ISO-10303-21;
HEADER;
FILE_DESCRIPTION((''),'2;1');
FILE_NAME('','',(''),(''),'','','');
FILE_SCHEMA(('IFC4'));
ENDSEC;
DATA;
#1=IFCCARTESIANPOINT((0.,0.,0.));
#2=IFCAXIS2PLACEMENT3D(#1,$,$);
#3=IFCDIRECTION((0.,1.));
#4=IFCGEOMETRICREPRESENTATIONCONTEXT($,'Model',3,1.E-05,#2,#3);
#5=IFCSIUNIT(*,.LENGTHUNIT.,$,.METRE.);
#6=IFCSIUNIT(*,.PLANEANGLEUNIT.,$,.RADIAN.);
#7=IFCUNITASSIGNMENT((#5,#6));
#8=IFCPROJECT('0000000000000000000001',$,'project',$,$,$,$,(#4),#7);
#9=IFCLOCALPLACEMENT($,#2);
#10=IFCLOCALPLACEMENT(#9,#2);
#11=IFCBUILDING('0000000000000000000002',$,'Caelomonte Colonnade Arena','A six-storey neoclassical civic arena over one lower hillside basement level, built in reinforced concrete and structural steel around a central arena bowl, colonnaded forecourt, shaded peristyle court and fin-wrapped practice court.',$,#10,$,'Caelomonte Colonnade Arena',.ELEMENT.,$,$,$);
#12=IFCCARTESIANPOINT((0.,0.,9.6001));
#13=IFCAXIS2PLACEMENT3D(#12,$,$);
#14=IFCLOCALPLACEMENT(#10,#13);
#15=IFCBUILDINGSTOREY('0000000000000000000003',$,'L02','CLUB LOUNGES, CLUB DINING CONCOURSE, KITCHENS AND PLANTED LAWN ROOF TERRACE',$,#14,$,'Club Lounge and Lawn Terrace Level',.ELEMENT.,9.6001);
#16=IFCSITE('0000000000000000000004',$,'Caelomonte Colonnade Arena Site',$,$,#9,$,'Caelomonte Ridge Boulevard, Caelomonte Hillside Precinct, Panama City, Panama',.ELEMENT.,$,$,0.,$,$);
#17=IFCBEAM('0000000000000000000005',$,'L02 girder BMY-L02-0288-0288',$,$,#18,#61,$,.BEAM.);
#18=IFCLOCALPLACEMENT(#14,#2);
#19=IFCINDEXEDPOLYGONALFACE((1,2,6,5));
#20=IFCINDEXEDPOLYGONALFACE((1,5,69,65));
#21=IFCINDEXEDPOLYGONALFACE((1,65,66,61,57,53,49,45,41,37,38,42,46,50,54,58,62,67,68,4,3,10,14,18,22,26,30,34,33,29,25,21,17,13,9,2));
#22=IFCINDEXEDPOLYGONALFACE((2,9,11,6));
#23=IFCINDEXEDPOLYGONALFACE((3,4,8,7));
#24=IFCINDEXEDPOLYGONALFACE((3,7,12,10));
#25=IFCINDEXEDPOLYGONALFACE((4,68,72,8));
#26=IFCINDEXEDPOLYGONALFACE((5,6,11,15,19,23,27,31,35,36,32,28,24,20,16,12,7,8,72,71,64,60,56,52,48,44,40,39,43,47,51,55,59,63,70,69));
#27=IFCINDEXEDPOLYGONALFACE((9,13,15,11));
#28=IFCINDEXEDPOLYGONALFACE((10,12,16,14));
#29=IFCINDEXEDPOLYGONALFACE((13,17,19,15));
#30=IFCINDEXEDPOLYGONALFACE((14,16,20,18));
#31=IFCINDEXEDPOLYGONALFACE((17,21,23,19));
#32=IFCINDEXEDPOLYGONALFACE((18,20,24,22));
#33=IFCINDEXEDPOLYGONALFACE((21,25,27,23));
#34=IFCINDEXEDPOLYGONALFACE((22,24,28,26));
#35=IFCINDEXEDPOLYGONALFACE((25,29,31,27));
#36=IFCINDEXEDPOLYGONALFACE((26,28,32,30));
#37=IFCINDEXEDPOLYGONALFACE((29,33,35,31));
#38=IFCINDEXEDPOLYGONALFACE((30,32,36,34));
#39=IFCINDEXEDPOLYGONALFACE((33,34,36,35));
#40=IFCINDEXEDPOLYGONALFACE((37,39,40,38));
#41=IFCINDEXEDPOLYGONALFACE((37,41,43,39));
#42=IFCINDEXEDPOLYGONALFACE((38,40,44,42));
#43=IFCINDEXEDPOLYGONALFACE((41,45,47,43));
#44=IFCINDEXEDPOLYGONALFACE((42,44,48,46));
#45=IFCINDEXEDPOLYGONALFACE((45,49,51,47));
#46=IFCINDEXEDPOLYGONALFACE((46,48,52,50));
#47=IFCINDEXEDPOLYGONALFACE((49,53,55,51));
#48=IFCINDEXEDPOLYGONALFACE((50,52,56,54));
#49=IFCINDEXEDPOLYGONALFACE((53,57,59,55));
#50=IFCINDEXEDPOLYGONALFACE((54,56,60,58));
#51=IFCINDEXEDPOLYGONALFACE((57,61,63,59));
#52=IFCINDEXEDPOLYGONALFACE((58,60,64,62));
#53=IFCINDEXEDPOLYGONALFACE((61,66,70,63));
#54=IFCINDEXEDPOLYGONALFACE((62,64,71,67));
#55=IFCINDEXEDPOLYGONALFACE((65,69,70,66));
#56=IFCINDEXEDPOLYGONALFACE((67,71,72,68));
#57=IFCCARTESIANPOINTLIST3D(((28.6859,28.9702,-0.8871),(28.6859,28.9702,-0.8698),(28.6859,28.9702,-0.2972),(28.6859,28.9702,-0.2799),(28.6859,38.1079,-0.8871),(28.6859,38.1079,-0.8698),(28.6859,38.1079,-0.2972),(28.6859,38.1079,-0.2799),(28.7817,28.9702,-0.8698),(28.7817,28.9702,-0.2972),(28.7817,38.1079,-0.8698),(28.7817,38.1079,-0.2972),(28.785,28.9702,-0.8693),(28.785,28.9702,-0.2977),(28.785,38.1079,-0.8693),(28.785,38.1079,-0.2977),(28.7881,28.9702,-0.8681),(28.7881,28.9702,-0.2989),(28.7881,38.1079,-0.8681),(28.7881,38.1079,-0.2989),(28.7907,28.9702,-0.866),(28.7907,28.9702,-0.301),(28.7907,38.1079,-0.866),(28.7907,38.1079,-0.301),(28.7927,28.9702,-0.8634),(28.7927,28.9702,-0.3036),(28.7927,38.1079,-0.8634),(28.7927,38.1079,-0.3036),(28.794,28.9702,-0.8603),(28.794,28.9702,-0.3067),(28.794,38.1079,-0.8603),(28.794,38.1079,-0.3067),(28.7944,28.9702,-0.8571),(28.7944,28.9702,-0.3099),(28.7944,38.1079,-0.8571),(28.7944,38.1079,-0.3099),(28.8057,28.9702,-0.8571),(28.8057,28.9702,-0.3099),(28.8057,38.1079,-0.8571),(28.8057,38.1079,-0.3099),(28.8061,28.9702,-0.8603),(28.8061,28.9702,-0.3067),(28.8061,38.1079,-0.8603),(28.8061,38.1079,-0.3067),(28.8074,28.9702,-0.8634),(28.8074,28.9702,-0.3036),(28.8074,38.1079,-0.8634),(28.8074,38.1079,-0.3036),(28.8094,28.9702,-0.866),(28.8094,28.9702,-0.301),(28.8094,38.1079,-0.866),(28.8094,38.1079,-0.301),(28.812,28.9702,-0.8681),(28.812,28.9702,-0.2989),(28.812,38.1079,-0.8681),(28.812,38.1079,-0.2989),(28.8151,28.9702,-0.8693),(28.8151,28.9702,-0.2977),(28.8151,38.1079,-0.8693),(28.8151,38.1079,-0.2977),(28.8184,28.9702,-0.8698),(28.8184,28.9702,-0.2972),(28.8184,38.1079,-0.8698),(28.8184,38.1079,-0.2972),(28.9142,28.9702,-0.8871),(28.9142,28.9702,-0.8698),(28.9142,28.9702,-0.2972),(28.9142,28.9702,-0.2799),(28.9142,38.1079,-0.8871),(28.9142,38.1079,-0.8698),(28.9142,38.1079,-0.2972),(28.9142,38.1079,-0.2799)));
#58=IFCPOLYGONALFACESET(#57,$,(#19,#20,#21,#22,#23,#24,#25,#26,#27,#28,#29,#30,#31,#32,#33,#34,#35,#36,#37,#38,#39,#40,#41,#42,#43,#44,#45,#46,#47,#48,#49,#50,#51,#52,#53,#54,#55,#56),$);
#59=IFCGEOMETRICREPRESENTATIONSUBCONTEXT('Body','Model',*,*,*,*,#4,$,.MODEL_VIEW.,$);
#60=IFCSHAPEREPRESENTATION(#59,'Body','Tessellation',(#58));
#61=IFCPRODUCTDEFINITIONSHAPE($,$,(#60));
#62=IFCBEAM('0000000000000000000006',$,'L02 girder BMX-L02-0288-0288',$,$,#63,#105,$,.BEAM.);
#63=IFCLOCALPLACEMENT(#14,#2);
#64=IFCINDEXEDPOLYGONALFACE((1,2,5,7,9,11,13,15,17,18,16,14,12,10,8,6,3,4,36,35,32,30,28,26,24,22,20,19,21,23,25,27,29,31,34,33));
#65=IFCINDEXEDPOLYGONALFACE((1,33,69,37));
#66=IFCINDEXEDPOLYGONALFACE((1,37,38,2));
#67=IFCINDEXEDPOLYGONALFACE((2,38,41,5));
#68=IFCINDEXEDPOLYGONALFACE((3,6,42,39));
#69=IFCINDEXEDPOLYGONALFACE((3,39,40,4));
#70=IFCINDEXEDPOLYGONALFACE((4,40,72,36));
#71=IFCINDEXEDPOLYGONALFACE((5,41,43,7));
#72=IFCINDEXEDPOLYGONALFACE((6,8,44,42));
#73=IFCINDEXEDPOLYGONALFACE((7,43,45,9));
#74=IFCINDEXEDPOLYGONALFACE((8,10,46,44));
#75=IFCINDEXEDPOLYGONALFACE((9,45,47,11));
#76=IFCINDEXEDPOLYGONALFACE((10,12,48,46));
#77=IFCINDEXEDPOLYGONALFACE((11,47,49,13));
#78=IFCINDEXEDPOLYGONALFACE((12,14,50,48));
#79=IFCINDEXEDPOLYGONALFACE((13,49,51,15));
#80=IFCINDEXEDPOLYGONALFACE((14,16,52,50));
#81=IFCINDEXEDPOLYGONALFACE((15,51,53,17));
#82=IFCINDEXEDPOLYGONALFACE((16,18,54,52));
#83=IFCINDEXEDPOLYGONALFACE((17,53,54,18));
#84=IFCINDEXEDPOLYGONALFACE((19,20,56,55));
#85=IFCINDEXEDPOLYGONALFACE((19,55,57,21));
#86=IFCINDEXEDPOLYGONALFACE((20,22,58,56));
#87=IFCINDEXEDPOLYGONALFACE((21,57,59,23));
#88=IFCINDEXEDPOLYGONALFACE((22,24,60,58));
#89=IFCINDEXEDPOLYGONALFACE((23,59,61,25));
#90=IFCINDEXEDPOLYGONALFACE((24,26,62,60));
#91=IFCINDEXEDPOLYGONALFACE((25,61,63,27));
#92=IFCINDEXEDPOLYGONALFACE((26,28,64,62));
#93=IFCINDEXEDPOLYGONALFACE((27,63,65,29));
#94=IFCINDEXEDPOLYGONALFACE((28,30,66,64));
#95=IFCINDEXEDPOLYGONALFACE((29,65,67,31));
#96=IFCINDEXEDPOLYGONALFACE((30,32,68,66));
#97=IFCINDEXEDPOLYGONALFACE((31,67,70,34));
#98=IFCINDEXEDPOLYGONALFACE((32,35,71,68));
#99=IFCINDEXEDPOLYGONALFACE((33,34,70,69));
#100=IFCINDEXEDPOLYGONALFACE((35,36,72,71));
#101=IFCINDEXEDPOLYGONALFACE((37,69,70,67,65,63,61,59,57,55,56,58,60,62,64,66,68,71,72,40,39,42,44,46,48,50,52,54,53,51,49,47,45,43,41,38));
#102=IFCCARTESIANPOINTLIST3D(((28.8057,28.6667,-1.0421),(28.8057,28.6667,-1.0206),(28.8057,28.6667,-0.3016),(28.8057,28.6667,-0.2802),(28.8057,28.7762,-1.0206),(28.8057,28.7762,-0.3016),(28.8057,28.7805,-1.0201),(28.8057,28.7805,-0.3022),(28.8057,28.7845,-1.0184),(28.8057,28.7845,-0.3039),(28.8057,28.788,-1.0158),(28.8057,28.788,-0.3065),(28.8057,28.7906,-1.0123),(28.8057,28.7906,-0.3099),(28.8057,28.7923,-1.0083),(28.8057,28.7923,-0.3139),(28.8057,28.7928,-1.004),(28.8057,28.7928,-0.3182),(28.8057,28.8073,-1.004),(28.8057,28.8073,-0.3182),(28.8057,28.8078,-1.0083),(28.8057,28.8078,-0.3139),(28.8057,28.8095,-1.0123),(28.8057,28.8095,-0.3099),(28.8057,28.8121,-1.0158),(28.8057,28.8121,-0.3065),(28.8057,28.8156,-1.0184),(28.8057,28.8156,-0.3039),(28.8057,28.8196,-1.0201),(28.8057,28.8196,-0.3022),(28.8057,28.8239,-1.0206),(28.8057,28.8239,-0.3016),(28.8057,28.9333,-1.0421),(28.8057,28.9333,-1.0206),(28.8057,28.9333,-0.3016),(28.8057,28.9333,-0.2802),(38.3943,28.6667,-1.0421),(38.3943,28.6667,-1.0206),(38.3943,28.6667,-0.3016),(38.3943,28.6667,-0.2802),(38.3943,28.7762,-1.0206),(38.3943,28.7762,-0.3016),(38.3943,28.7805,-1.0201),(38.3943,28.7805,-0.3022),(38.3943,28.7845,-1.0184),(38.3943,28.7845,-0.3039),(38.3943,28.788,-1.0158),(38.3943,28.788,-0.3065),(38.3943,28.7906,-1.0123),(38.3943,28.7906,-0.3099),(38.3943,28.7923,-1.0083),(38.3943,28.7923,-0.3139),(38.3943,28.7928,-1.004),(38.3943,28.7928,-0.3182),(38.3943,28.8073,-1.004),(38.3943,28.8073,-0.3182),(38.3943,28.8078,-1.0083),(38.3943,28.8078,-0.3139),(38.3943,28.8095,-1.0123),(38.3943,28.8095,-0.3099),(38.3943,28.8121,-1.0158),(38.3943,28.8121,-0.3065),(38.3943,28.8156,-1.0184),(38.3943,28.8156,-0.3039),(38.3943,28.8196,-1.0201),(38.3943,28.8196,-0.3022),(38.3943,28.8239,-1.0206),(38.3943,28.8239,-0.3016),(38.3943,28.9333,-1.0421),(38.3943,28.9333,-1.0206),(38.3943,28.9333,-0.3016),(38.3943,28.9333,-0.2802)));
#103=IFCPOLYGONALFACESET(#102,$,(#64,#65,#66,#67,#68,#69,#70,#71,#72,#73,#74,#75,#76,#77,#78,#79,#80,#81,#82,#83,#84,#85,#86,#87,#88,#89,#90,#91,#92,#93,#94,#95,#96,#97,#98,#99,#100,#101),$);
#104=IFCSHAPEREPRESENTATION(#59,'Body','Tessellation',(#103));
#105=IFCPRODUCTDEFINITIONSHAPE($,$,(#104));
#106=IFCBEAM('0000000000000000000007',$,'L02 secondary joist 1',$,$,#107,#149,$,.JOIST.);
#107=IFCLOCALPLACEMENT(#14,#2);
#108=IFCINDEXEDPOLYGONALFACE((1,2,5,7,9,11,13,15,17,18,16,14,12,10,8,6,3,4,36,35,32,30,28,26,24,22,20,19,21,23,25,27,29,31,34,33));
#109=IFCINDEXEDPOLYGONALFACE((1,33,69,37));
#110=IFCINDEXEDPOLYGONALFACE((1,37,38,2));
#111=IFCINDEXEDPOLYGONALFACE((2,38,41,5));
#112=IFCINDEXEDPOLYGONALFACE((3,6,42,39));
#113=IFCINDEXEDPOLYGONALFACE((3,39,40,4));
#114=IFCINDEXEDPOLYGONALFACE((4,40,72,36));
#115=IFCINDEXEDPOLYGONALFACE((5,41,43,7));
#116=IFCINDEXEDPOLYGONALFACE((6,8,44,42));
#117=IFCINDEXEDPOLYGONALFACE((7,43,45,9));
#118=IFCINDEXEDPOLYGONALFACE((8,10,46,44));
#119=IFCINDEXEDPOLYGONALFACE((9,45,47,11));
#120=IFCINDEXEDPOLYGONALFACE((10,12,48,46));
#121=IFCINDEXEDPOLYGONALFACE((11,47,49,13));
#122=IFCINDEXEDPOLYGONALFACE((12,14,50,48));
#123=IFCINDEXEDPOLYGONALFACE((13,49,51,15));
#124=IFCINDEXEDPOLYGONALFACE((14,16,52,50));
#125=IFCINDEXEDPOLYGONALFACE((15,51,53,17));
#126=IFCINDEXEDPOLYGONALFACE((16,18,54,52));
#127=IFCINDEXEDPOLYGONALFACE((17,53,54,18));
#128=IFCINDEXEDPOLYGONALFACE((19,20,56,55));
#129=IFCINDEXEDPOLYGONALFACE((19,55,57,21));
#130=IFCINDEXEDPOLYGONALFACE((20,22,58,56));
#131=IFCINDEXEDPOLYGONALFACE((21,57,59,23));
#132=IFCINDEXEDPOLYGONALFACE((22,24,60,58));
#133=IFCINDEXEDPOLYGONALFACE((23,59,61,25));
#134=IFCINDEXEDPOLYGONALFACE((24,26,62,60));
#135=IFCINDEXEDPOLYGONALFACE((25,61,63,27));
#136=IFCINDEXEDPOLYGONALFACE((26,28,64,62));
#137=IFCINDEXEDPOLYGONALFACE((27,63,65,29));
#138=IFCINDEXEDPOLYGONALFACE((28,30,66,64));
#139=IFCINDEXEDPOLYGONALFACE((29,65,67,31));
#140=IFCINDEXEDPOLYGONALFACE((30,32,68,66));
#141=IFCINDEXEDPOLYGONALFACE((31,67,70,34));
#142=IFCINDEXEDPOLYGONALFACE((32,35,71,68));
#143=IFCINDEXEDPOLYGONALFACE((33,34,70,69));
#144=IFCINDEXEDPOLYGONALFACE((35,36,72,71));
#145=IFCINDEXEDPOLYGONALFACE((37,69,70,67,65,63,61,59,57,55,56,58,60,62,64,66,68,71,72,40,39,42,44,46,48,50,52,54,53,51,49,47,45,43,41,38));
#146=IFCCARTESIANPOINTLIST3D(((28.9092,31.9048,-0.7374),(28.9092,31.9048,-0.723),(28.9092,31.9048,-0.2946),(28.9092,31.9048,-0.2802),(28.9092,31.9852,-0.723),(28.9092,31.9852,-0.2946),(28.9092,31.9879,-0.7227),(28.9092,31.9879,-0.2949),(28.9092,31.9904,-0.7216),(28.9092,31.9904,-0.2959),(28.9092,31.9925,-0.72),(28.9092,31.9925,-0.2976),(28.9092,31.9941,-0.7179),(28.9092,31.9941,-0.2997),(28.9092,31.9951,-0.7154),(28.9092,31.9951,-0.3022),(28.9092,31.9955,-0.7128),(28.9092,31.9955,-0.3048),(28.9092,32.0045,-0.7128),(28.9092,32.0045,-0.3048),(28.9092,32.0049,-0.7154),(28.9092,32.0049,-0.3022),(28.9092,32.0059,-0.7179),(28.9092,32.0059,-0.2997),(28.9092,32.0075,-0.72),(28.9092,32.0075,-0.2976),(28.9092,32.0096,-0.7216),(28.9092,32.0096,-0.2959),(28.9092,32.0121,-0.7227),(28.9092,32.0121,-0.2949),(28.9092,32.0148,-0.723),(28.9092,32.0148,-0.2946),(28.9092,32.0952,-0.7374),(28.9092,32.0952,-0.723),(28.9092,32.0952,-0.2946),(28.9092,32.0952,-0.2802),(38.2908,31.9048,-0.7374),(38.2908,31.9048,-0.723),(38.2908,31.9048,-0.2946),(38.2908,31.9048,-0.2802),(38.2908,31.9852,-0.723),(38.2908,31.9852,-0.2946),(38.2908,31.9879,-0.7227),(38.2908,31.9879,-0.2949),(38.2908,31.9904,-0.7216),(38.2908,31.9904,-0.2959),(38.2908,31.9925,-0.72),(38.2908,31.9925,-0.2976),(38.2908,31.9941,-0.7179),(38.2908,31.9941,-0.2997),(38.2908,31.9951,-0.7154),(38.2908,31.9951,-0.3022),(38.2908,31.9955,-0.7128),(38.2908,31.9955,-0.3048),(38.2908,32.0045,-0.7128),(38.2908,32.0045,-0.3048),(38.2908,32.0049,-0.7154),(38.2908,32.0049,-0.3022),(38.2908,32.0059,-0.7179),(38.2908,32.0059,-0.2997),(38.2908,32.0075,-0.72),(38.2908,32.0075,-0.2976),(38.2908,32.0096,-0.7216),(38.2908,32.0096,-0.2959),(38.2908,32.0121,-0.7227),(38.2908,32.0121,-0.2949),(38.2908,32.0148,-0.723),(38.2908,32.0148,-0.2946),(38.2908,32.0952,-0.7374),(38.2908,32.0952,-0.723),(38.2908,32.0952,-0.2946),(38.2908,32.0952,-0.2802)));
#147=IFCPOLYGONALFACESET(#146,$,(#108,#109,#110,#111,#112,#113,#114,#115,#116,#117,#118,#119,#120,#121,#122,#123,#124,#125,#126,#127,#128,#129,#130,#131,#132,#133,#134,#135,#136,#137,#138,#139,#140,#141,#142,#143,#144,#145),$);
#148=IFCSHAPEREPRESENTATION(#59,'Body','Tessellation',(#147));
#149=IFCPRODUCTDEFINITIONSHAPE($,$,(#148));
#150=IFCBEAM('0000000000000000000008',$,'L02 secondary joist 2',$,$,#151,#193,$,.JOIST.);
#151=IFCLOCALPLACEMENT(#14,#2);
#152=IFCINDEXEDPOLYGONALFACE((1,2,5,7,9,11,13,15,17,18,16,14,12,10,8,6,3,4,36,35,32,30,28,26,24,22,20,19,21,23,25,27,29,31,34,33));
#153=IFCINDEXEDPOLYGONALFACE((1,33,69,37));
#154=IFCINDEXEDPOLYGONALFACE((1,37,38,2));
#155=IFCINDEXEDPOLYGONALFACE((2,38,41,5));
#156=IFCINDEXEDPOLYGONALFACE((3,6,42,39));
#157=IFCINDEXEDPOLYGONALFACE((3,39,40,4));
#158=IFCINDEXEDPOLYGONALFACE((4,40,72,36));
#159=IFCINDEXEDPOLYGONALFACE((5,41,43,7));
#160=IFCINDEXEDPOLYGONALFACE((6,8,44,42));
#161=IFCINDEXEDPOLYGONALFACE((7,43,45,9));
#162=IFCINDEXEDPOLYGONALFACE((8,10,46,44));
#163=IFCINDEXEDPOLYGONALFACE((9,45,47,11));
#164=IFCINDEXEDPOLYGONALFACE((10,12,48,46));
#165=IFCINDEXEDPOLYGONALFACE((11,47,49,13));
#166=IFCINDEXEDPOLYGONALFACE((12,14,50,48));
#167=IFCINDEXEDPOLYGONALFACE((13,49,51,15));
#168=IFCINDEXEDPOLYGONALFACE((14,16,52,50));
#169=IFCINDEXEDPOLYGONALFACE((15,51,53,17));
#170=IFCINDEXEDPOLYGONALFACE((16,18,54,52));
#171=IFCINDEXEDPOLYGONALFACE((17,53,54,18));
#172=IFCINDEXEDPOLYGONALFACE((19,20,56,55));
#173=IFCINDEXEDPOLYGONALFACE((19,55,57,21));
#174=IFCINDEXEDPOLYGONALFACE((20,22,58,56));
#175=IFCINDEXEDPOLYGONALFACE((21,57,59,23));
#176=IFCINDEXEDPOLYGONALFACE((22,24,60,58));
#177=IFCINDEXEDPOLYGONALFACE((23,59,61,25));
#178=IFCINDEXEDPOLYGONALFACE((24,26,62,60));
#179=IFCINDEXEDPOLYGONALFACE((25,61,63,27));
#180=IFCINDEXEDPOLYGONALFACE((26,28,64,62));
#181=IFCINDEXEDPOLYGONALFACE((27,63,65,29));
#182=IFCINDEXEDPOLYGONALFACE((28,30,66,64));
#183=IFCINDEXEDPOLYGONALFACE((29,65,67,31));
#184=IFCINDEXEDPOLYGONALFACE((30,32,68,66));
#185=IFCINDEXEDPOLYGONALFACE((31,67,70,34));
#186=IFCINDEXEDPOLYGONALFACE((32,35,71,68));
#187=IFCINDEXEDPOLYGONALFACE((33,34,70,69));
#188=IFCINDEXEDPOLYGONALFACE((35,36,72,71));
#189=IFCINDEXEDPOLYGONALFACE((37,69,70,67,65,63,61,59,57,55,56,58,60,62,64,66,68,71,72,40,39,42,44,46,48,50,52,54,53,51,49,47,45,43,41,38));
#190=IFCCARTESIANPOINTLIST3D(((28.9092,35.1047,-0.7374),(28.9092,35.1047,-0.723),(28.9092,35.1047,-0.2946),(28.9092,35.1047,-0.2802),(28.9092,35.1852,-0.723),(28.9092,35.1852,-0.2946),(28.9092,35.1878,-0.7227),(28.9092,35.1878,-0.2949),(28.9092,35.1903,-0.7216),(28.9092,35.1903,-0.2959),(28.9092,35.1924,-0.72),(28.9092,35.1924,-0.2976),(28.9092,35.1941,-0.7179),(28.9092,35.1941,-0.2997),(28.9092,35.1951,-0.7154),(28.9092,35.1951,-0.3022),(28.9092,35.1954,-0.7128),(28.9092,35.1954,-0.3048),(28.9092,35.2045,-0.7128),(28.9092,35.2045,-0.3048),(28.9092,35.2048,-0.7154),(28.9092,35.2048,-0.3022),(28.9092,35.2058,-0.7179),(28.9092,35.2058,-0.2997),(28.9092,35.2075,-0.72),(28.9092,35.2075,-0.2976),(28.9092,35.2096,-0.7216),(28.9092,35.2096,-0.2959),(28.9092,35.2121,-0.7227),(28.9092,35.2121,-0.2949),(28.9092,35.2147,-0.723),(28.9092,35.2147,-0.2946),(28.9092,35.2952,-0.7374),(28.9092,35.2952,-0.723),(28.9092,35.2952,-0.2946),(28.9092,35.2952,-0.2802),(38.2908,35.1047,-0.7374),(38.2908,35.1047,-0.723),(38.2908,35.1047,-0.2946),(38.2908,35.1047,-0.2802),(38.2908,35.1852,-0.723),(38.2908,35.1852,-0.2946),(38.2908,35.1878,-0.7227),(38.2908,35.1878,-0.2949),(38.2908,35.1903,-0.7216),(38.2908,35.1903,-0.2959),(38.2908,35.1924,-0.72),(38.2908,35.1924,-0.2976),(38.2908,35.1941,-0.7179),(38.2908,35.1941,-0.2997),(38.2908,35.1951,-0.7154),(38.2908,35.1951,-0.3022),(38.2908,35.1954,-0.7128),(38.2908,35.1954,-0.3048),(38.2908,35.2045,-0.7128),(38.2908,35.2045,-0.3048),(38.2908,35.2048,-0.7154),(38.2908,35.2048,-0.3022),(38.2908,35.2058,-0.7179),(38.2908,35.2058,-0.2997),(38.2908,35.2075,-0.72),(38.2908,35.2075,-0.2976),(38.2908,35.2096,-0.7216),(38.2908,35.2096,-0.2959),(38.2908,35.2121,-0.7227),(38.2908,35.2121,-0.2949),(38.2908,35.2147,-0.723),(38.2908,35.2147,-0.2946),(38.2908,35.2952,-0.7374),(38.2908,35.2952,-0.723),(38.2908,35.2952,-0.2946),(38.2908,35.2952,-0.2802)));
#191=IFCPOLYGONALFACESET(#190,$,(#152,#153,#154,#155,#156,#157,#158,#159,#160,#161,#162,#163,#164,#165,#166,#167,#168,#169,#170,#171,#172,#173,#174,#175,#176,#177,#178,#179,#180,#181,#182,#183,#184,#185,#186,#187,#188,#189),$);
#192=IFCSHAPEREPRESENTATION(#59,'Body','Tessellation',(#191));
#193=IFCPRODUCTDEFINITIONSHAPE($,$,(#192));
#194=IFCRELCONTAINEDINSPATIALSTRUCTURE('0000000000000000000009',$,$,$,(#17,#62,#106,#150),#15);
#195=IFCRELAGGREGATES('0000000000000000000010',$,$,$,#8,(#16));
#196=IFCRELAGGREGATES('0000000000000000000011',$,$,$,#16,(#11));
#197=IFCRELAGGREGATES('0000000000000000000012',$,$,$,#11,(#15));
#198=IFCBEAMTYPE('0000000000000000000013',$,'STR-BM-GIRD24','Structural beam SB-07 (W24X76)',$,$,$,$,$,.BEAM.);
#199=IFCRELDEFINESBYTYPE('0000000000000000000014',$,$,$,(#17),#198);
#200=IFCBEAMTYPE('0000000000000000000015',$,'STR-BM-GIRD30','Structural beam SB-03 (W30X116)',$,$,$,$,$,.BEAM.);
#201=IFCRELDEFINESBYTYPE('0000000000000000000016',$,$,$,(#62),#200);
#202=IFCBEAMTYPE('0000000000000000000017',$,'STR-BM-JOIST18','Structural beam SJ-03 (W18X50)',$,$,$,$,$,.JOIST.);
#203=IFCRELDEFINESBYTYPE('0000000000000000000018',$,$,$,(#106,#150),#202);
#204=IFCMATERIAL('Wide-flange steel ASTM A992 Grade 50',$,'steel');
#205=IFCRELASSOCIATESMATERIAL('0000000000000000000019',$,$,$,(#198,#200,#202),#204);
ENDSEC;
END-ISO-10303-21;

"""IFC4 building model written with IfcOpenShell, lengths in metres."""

from ifc_helpers import new_model, si_unit, direction, frame, origin, origin_2d, place, context, subcontext, project, spatial, i_section, extrude, material, material_profile, profile_set, type_object, element, save


model = new_model("IFC4")

# Units and contexts
model_context = context("Model", 3, precision=1e-05, world=origin(), true_north=direction((0.0, 1.0)))
body_context = subcontext(model_context, "Body", "Model", "MODEL_VIEW")
ifc_project = project(units=[si_unit("LENGTHUNIT", "METRE"), si_unit("PLANEANGLEUNIT", "RADIAN")], contexts=[model_context])

# Site, building, storey
site_placement = place(None, origin())
site = spatial("IfcSite", under=ifc_project, at=site_placement, Name="Caelomonte Colonnade Arena Site", LongName="Caelomonte Ridge Boulevard, Caelomonte Hillside Precinct, Panama City, Panama", CompositionType="ELEMENT", RefElevation=0.0)
building_placement = place(site_placement, origin())
building = spatial("IfcBuilding", under=site, at=building_placement, Name="Caelomonte Colonnade Arena", Description="A six-storey neoclassical civic arena over one lower hillside basement level, built in reinforced concrete and structural steel around a central arena bowl, colonnaded forecourt, shaded peristyle court and fin-wrapped practice court.", LongName="Caelomonte Colonnade Arena", CompositionType="ELEMENT")
storey_placement = place(building_placement, frame((0.0, 0.0, 9.6001)))
storey = spatial("IfcBuildingStorey", under=building, at=storey_placement, Name="L02", Description="CLUB LOUNGES, CLUB DINING CONCOURSE, KITCHENS AND PLANTED LAWN ROOF TERRACE", LongName="Club Lounge and Lawn Terrace Level", CompositionType="ELEMENT", Elevation=9.6001)

# Beams
ifc_material_1 = material(Name="Wide-flange steel ASTM A992 Grade 50", Category="steel")
ifc_material_profile_1 = material_profile(ifc_material_1, i_section(OverallWidth=0.2283, OverallDepth=0.6072, WebThickness=0.0112, FlangeThickness=0.0173, FilletRadius=0.0127, at=origin_2d()), Name="W24X76")
ifc_profile_set_1 = profile_set([ifc_material_profile_1], Name="Wide-flange steel ASTM A992 Grade 50")
beam_type_1 = type_object("IfcBeamType", Name="STR-BM-GIRD24", Description="Structural beam SB-07 (W24X76)", PredefinedType="BEAM", material=ifc_profile_set_1)
beam_1_placement = place(storey_placement, frame((28.8, 28.9702, -0.5835), z_axis=(0.0, 1.0, 0.0), x_axis=(-1.0, 0.0, 0.0)))
element("IfcBeam", 1, at=beam_1_placement, inside=storey, type_object=beam_type_1, Name="L02 girder BMY-L02-0288-0288", PredefinedType="BEAM", context=body_context, shape_type="SweptSolid", body=[
    extrude(i_section(OverallWidth=0.2283, OverallDepth=0.6072, WebThickness=0.0112, FlangeThickness=0.0173, FilletRadius=0.0127, at=origin_2d()), origin(), (0.0, 0.0, 1.0), 9.1377),
])
ifc_material_profile_2 = material_profile(ifc_material_1, i_section(OverallWidth=0.2666, OverallDepth=0.762, WebThickness=0.0144, FlangeThickness=0.0215, FilletRadius=0.0166, at=origin_2d()), Name="W30X116")
ifc_profile_set_2 = profile_set([ifc_material_profile_2], Name="Wide-flange steel ASTM A992 Grade 50")
beam_type_2 = type_object("IfcBeamType", Name="STR-BM-GIRD30", Description="Structural beam SB-03 (W30X116)", PredefinedType="BEAM", material=ifc_profile_set_2)
beam_2_placement = place(storey_placement, frame((28.8057, 28.8, -0.6611), z_axis=(1.0, 0.0, 0.0), x_axis=(0.0, 1.0, 0.0)))
element("IfcBeam", 2, at=beam_2_placement, inside=storey, type_object=beam_type_2, Name="L02 girder BMX-L02-0288-0288", PredefinedType="BEAM", context=body_context, shape_type="SweptSolid", body=[
    extrude(i_section(OverallWidth=0.2666, OverallDepth=0.762, WebThickness=0.0144, FlangeThickness=0.0215, FilletRadius=0.0166, at=origin_2d()), origin(), (0.0, 0.0, 1.0), 9.5886),
])
ifc_material_profile_3 = material_profile(ifc_material_1, i_section(OverallWidth=0.1904, OverallDepth=0.4573, WebThickness=0.009, FlangeThickness=0.0144, FilletRadius=0.0103, at=origin_2d()), Name="W18X50")
ifc_profile_set_3 = profile_set([ifc_material_profile_3], Name="Wide-flange steel ASTM A992 Grade 50")
beam_type_3 = type_object("IfcBeamType", Name="STR-BM-JOIST18", Description="Structural beam SJ-03 (W18X50)", PredefinedType="JOIST", material=ifc_profile_set_3)
for number, where, z_axis, x_axis, name in (
    (3, (28.9092, 32.0, -0.5088), (1.0, 0.0, 0.0), (0.0, 1.0, 0.0), "L02 secondary joist 1"),
    (4, (28.9092, 35.2, -0.5088), (1.0, 0.0, 0.0), (0.0, 1.0, 0.0), "L02 secondary joist 2"),
):
    element("IfcBeam", number, at=place(storey_placement, frame(where, z_axis=z_axis, x_axis=x_axis)), inside=storey, type_object=beam_type_3, Name=name, PredefinedType="JOIST", context=body_context, shape_type="SweptSolid", body=[
        extrude(i_section(OverallWidth=0.1904, OverallDepth=0.4573, WebThickness=0.009, FlangeThickness=0.0144, FilletRadius=0.0103, at=origin_2d()), origin(), (0.0, 0.0, 1.0), 9.3816),
    ])

save(model, "model.ifc")
